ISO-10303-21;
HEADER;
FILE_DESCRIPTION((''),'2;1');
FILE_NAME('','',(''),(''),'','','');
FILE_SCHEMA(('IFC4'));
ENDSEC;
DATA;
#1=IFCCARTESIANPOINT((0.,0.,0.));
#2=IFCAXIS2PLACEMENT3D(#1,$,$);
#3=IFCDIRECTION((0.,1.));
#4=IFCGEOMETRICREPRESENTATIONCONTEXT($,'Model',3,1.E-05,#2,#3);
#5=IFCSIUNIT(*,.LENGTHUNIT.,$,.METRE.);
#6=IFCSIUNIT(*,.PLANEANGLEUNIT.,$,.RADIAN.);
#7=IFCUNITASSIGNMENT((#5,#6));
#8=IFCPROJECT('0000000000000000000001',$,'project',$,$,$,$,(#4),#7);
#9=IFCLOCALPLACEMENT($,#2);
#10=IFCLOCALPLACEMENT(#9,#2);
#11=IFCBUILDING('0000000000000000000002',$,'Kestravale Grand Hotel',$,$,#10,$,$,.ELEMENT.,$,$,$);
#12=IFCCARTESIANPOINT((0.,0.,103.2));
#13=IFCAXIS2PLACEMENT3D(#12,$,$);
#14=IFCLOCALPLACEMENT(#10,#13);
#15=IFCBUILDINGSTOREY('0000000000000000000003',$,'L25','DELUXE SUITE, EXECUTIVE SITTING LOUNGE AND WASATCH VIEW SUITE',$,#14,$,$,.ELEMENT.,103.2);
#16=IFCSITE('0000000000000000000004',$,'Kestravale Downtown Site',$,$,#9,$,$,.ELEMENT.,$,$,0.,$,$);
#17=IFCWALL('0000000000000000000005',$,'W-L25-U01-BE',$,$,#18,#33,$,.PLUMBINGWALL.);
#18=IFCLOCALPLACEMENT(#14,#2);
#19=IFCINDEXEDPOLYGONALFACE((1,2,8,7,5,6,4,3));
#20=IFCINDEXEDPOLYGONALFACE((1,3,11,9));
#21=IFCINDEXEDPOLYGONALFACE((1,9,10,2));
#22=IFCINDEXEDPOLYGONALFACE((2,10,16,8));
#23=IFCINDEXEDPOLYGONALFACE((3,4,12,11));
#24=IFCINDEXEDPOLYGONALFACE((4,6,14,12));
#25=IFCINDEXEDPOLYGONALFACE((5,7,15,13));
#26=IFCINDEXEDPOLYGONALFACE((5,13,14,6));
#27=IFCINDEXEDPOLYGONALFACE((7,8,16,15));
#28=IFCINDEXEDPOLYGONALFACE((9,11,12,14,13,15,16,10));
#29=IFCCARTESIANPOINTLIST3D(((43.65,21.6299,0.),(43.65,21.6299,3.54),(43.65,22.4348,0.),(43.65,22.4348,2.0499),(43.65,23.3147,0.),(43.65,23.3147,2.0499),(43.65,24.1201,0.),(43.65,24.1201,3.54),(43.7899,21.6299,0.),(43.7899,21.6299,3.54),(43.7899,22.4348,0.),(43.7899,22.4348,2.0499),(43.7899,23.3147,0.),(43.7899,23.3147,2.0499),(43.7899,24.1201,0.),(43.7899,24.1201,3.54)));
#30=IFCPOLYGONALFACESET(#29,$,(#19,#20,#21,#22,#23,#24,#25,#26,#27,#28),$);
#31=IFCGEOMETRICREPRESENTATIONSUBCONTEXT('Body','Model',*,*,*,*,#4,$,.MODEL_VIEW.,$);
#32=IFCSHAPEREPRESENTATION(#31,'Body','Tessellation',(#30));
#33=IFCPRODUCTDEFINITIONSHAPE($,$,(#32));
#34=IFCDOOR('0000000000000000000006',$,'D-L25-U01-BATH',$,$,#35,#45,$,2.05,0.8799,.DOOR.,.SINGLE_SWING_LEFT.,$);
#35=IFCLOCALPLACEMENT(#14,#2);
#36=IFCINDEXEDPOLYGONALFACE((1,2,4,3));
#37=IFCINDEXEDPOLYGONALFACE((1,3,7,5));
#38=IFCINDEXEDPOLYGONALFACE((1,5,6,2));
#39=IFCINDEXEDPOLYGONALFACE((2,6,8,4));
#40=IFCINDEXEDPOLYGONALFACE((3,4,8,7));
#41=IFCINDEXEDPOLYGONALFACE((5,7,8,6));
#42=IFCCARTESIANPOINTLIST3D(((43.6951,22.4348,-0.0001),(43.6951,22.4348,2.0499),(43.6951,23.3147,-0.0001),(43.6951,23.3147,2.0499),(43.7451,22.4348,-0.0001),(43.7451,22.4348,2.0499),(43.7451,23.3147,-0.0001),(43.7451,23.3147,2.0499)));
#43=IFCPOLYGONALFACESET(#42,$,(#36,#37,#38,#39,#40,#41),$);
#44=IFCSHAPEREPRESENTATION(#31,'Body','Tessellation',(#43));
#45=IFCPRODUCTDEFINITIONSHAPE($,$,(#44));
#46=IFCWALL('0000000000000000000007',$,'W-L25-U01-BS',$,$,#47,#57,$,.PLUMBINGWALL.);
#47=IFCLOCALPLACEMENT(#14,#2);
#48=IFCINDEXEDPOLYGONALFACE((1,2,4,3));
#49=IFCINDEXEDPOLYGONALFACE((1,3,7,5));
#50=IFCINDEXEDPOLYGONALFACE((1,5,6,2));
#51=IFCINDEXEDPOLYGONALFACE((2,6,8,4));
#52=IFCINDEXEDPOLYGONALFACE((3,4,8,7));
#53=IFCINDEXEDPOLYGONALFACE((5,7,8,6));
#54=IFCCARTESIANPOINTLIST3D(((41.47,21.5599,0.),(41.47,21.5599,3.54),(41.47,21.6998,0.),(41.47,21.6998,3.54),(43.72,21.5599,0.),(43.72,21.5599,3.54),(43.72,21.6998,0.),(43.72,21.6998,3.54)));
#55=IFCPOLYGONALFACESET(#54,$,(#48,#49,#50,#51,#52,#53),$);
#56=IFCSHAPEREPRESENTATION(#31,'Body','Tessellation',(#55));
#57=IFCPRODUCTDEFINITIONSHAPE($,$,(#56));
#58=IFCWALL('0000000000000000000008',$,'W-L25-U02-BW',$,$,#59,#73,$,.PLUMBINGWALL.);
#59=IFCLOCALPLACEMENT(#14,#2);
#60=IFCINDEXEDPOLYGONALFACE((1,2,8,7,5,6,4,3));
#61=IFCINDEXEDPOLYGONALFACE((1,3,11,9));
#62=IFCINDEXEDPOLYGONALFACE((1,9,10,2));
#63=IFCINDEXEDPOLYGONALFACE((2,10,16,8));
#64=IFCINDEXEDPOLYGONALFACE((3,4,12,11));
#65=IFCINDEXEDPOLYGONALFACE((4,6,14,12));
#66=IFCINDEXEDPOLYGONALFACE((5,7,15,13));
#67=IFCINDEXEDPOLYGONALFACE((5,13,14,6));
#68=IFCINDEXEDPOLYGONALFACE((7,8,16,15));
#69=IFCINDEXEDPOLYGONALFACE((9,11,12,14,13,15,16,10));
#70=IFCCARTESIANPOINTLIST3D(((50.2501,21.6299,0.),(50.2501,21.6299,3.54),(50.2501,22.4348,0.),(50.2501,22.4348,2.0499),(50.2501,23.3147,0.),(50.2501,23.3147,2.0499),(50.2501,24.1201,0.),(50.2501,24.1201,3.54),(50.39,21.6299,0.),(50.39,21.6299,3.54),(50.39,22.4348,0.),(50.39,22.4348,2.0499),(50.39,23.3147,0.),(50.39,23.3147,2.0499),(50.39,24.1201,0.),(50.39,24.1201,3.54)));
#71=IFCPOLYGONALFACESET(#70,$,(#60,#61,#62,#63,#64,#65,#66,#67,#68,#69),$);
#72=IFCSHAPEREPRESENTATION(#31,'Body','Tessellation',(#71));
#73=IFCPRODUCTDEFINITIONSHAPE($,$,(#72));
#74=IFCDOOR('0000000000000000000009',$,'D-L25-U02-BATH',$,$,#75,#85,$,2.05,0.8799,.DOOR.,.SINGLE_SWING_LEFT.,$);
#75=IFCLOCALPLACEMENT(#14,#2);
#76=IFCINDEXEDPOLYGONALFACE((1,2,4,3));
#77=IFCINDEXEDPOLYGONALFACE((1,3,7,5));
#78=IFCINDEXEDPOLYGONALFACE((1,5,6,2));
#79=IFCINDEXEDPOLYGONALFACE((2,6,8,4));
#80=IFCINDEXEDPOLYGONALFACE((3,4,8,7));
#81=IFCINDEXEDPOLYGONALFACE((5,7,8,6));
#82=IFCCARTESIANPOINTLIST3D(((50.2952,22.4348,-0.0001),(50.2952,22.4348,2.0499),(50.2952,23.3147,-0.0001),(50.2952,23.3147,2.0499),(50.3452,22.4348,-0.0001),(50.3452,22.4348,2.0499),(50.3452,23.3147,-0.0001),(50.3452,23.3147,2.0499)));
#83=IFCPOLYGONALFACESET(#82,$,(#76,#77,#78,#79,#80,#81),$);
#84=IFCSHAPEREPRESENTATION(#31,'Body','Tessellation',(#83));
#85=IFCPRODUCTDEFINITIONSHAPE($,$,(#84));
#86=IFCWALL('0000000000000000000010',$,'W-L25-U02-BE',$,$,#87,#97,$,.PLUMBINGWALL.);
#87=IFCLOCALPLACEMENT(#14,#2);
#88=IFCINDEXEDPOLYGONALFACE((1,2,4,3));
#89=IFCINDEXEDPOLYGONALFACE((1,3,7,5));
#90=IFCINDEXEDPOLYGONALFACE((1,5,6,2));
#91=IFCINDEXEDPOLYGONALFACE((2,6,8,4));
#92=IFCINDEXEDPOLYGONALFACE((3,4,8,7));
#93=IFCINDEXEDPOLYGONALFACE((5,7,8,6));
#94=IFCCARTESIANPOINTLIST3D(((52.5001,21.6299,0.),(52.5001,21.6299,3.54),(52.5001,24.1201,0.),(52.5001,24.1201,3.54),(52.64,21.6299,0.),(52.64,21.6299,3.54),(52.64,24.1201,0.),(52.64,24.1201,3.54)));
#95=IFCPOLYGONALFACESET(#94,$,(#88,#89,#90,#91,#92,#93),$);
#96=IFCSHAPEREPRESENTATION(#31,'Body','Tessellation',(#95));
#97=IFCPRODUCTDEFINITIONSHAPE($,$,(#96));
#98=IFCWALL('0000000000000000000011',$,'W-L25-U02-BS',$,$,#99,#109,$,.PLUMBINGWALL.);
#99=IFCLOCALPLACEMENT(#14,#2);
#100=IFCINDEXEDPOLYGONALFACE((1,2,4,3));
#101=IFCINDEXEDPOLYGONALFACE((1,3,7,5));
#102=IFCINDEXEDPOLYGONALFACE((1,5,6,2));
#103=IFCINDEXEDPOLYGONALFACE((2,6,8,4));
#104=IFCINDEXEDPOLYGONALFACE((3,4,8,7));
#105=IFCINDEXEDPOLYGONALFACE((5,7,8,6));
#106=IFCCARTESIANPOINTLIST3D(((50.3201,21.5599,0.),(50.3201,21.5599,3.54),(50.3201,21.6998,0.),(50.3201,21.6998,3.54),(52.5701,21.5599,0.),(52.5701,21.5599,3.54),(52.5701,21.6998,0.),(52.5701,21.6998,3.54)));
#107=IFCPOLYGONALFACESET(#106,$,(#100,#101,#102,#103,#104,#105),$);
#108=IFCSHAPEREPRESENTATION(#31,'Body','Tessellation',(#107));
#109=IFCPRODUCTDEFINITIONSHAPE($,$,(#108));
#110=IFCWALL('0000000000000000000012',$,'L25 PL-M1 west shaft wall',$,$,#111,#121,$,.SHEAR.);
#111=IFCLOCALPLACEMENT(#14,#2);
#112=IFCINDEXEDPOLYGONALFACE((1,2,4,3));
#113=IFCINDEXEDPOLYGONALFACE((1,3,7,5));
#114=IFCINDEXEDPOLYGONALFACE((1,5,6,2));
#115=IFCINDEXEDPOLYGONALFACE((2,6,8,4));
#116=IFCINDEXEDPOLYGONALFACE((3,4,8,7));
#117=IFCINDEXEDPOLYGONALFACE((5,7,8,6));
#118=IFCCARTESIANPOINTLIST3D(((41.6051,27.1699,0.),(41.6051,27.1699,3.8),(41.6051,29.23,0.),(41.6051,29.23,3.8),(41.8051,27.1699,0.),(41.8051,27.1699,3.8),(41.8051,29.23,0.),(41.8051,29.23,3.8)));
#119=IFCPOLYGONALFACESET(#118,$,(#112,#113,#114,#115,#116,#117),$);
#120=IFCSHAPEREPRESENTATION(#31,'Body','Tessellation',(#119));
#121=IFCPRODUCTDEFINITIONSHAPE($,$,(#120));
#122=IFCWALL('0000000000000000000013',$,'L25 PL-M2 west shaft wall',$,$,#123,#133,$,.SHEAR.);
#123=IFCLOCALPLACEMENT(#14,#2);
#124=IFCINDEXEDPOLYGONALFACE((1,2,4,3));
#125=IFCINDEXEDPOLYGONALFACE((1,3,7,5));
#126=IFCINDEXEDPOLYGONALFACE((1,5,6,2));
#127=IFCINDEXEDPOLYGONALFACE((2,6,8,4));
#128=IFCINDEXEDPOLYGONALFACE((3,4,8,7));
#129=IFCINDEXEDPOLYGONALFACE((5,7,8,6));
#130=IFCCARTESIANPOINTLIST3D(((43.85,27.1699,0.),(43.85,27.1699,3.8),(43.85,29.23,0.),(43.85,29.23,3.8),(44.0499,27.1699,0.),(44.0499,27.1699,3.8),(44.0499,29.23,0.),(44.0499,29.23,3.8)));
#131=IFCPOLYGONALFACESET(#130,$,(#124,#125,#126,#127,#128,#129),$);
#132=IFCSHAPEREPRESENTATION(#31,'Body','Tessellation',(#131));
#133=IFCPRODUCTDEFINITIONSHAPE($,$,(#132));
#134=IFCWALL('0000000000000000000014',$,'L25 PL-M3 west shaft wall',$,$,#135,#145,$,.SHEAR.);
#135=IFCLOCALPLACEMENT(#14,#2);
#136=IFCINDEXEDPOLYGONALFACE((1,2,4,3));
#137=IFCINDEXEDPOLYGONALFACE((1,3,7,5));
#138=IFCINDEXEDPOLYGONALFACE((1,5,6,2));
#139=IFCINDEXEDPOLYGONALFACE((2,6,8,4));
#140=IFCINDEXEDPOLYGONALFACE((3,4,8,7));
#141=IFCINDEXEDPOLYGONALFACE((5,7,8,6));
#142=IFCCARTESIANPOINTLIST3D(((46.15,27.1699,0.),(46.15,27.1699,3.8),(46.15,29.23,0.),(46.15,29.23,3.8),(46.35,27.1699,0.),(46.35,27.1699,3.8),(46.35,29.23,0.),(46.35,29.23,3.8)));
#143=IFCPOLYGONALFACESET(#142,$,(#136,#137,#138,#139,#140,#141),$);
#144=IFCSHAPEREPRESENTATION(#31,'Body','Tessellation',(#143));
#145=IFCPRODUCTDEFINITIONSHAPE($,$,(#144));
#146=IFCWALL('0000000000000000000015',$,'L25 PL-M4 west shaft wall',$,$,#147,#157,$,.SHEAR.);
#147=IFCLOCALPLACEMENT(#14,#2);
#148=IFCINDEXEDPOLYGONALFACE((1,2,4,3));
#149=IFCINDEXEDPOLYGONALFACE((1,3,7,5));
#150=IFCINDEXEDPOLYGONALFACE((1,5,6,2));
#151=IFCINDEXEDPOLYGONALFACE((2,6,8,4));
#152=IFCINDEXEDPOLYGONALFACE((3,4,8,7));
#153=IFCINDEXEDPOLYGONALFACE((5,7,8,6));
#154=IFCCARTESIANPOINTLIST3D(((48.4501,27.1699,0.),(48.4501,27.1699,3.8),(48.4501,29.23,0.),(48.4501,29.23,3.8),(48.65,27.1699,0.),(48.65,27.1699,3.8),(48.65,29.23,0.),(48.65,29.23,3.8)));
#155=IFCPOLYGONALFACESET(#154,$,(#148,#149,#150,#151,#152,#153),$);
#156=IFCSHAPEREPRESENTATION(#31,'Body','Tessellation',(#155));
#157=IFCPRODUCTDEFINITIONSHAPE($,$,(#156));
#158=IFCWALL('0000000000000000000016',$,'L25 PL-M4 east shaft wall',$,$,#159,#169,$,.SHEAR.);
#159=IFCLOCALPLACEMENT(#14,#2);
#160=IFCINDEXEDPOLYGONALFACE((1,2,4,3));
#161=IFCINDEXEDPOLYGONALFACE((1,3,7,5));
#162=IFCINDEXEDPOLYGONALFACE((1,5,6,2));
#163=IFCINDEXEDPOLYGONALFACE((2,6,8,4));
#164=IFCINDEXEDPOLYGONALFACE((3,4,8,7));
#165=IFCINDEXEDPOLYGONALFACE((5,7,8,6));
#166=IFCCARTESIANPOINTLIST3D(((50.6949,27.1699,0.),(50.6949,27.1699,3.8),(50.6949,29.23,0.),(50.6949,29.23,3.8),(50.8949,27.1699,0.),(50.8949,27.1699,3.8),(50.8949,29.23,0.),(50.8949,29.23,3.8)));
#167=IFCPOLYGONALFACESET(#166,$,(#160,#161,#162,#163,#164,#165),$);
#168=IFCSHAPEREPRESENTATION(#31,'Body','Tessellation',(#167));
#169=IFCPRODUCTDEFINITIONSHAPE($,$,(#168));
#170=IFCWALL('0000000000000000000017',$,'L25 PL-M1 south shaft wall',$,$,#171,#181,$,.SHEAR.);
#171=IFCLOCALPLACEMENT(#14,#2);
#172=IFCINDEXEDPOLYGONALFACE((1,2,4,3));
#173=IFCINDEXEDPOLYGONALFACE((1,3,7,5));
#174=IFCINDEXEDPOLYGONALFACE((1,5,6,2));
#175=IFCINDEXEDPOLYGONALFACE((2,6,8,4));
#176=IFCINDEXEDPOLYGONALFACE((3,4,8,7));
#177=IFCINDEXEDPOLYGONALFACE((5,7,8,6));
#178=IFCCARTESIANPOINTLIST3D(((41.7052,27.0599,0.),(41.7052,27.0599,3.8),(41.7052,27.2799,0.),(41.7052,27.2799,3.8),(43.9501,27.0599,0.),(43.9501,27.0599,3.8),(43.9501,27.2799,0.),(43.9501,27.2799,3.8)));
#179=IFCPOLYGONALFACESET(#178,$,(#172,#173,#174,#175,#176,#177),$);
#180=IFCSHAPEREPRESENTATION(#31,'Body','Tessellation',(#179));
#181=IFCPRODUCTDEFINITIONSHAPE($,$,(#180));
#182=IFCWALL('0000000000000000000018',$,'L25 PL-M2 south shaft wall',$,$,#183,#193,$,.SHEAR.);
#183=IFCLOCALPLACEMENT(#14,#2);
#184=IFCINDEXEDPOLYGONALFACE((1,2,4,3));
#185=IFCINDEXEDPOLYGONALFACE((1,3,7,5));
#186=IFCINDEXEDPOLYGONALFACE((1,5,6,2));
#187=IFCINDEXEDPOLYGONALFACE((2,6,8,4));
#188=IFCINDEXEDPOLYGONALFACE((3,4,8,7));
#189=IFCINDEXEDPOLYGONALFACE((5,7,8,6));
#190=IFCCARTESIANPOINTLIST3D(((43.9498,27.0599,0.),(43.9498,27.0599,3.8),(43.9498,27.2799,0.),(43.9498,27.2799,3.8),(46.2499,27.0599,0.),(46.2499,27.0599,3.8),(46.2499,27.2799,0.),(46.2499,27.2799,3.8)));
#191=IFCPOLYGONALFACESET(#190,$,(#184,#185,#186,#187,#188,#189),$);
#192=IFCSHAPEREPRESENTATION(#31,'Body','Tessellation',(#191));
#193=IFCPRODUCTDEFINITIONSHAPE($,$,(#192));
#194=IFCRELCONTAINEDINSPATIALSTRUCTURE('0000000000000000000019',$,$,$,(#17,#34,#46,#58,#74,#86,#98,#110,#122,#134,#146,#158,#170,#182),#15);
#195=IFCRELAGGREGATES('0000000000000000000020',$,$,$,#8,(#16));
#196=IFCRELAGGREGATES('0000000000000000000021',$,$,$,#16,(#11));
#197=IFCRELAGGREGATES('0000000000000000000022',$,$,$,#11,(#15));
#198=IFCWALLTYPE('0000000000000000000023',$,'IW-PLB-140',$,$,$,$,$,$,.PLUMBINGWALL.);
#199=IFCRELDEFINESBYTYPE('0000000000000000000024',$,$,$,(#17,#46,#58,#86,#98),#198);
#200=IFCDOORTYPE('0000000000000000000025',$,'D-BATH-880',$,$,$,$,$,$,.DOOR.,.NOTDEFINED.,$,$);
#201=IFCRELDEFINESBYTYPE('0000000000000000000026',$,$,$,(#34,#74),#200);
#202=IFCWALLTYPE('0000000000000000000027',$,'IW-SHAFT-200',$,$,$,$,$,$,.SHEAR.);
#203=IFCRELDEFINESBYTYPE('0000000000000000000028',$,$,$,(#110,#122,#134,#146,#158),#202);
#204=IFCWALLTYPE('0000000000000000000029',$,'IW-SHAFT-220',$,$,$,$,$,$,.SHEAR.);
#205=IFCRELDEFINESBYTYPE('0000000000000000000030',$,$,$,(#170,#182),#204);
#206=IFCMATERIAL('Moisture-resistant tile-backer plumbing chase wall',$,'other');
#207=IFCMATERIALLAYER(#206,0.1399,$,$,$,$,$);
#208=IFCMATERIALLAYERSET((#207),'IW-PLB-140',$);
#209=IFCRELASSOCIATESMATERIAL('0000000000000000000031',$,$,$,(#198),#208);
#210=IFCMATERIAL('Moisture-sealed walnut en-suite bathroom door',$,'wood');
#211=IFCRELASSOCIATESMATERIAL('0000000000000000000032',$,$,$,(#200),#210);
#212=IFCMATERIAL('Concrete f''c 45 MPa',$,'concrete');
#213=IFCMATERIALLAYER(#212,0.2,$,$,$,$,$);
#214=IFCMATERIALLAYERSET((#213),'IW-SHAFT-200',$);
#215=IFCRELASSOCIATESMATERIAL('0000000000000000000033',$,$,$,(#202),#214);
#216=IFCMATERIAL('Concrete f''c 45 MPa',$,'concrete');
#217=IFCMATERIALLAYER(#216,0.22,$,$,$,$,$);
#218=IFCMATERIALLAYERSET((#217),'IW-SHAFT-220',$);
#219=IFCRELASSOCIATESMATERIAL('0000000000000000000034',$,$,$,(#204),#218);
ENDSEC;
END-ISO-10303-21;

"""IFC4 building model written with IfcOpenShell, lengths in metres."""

from ifc_helpers import new_model, si_unit, direction, frame, frame_2d, origin, place, context, subcontext, project, spatial, rectangle, extrude, material, layer, layer_set, type_object, element, fill, save


model = new_model("IFC4")

# Units and contexts
model_context = context("Model", 3, precision=1e-05, world=origin(), true_north=direction((0.0, 1.0)))
body_context = subcontext(model_context, "Body", "Model", "MODEL_VIEW")
ifc_project = project(units=[si_unit("LENGTHUNIT", "METRE"), si_unit("PLANEANGLEUNIT", "RADIAN")], contexts=[model_context])

# Site, building, storey
site_placement = place(None, origin())
site = spatial("IfcSite", under=ifc_project, at=site_placement, Name="Kestravale Downtown Site", CompositionType="ELEMENT", RefElevation=0.0)
building_placement = place(site_placement, origin())
building = spatial("IfcBuilding", under=site, at=building_placement, Name="Kestravale Grand Hotel", CompositionType="ELEMENT")
storey_placement = place(building_placement, frame((0.0, 0.0, 103.2)))
storey = spatial("IfcBuildingStorey", under=building, at=storey_placement, Name="L25", Description="DELUXE SUITE, EXECUTIVE SITTING LOUNGE AND WASATCH VIEW SUITE", CompositionType="ELEMENT", Elevation=103.2)

# Wall, opening, door
ifc_material_1 = material(Name="Moisture-resistant tile-backer plumbing chase wall", Category="other")
ifc_layer_1 = layer(ifc_material_1, 0.1399)
ifc_layer_set_1 = layer_set([ifc_layer_1], Name="IW-PLB-140")
wall_type_1 = type_object("IfcWallType", Name="IW-PLB-140", PredefinedType="PLUMBINGWALL", material=ifc_layer_set_1)
wall_1_placement = place(storey_placement, frame((43.72, 21.6299, 0.0), z_axis=(0.0, 0.0, 1.0), x_axis=(0.0, 1.0, 0.0)))
wall_1 = element("IfcWall", 1, at=wall_1_placement, inside=storey, type_object=wall_type_1, Name="W-L25-U01-BE", PredefinedType="PLUMBINGWALL", context=body_context, shape_type="SweptSolid", body=[
    extrude(rectangle(XDim=2.4902, YDim=0.1399, at=frame_2d((1.2451, 0.0))), origin(), (0.0, 0.0, 1.0), 3.54),
])
opening_1_placement = place(wall_1_placement, frame((0.8049, 0.0, 0.0)))
opening_1 = element("IfcOpeningElement", 2, at=opening_1_placement, cuts=wall_1, PredefinedType="OPENING", context=body_context, shape_type="SweptSolid", body=[
    extrude(rectangle(XDim=0.8799, YDim=2.05, at=frame_2d((0.4399, 1.0249))), frame((0.0, 0.0798, 0.0), z_axis=(0.0, -1.0, 0.0), x_axis=(1.0, 0.0, 0.0)), (0.0, 0.0, 1.0), 0.1599),
])
ifc_material_2 = material(Name="Moisture-sealed walnut en-suite bathroom door", Category="wood")
door_type = type_object("IfcDoorType", Name="D-BATH-880", OperationType="NOTDEFINED", PredefinedType="DOOR", material=ifc_material_2)
door_1_placement = place(opening_1_placement, origin())
door_1 = element("IfcDoor", 3, at=door_1_placement, inside=storey, type_object=door_type, Name="D-L25-U01-BATH", OperationType="SINGLE_SWING_LEFT", OverallHeight=2.05, OverallWidth=0.8799, PredefinedType="DOOR", context=body_context, shape_type="SweptSolid", body=[
    extrude(rectangle(XDim=0.8799, YDim=2.05, at=frame_2d((0.4399, 1.0249))), frame((0.0, 0.0249, 0.0), z_axis=(0.0, -1.0, 0.0), x_axis=(1.0, 0.0, 0.0)), (0.0, 0.0, 1.0), 0.05),
])
fill(opening_1, door_1)

# Wall
wall_2_placement = place(storey_placement, frame((41.47, 21.6299, 0.0), z_axis=(0.0, 0.0, 1.0), x_axis=(1.0, 0.0, 0.0)))
element("IfcWall", 4, at=wall_2_placement, inside=storey, type_object=wall_type_1, Name="W-L25-U01-BS", PredefinedType="PLUMBINGWALL", context=body_context, shape_type="SweptSolid", body=[
    extrude(rectangle(XDim=2.25, YDim=0.1399, at=frame_2d((1.125, 0.0))), origin(), (0.0, 0.0, 1.0), 3.54),
])

# Wall, opening, door
wall_3_placement = place(storey_placement, frame((50.3201, 21.6299, 0.0), z_axis=(0.0, 0.0, 1.0), x_axis=(0.0, 1.0, 0.0)))
wall_3 = element("IfcWall", 5, at=wall_3_placement, inside=storey, type_object=wall_type_1, Name="W-L25-U02-BW", PredefinedType="PLUMBINGWALL", context=body_context, shape_type="SweptSolid", body=[
    extrude(rectangle(XDim=2.4902, YDim=0.1399, at=frame_2d((1.2451, 0.0))), origin(), (0.0, 0.0, 1.0), 3.54),
])
opening_2_placement = place(wall_3_placement, frame((0.8049, 0.0, 0.0)))
opening_2 = element("IfcOpeningElement", 6, at=opening_2_placement, cuts=wall_3, PredefinedType="OPENING", context=body_context, shape_type="SweptSolid", body=[
    extrude(rectangle(XDim=0.8799, YDim=2.05, at=frame_2d((0.4399, 1.0249))), frame((0.0, 0.0798, 0.0), z_axis=(0.0, -1.0, 0.0), x_axis=(1.0, 0.0, 0.0)), (0.0, 0.0, 1.0), 0.1599),
])
door_2_placement = place(opening_2_placement, origin())
door_2 = element("IfcDoor", 7, at=door_2_placement, inside=storey, type_object=door_type, Name="D-L25-U02-BATH", OperationType="SINGLE_SWING_LEFT", OverallHeight=2.05, OverallWidth=0.8799, PredefinedType="DOOR", context=body_context, shape_type="SweptSolid", body=[
    extrude(rectangle(XDim=0.8799, YDim=2.05, at=frame_2d((0.4399, 1.0249))), frame((0.0, 0.0249, 0.0), z_axis=(0.0, -1.0, 0.0), x_axis=(1.0, 0.0, 0.0)), (0.0, 0.0, 1.0), 0.05),
])
fill(opening_2, door_2)

# Walls
wall_4_placement = place(storey_placement, frame((52.5701, 21.6299, 0.0), z_axis=(0.0, 0.0, 1.0), x_axis=(0.0, 1.0, 0.0)))
element("IfcWall", 8, at=wall_4_placement, inside=storey, type_object=wall_type_1, Name="W-L25-U02-BE", PredefinedType="PLUMBINGWALL", context=body_context, shape_type="SweptSolid", body=[
    extrude(rectangle(XDim=2.4902, YDim=0.1399, at=frame_2d((1.2451, 0.0))), origin(), (0.0, 0.0, 1.0), 3.54),
])
wall_5_placement = place(storey_placement, frame((50.3201, 21.6299, 0.0), z_axis=(0.0, 0.0, 1.0), x_axis=(1.0, 0.0, 0.0)))
element("IfcWall", 9, at=wall_5_placement, inside=storey, type_object=wall_type_1, Name="W-L25-U02-BS", PredefinedType="PLUMBINGWALL", context=body_context, shape_type="SweptSolid", body=[
    extrude(rectangle(XDim=2.25, YDim=0.1399, at=frame_2d((1.125, 0.0))), origin(), (0.0, 0.0, 1.0), 3.54),
])
ifc_material_3 = material(Name="Concrete f'c 45 MPa", Category="concrete")
ifc_layer_2 = layer(ifc_material_3, 0.2)
ifc_layer_set_2 = layer_set([ifc_layer_2], Name="IW-SHAFT-200")
wall_type_2 = type_object("IfcWallType", Name="IW-SHAFT-200", PredefinedType="SHEAR", material=ifc_layer_set_2)
for number, where, z_axis, x_axis, name in (
    (10, (41.7051, 27.1699, 0.0), (0.0, 0.0, 1.0), (0.0, 1.0, 0.0), "L25 PL-M1 west shaft wall"),
    (11, (43.95, 27.1699, 0.0), (0.0, 0.0, 1.0), (0.0, 1.0, 0.0), "L25 PL-M2 west shaft wall"),
    (12, (46.25, 27.1699, 0.0), (0.0, 0.0, 1.0), (0.0, 1.0, 0.0), "L25 PL-M3 west shaft wall"),
    (13, (48.55, 27.1699, 0.0), (0.0, 0.0, 1.0), (0.0, 1.0, 0.0), "L25 PL-M4 west shaft wall"),
    (14, (50.7949, 27.1699, 0.0), (0.0, 0.0, 1.0), (0.0, 1.0, 0.0), "L25 PL-M4 east shaft wall"),
):
    element("IfcWall", number, at=place(storey_placement, frame(where, z_axis=z_axis, x_axis=x_axis)), inside=storey, type_object=wall_type_2, Name=name, PredefinedType="SHEAR", context=body_context, shape_type="SweptSolid", body=[
        extrude(rectangle(XDim=2.0601, YDim=0.2, at=frame_2d((1.03, 0.0))), origin(), (0.0, 0.0, 1.0), 3.8),
    ])
ifc_material_4 = material(Name="Concrete f'c 45 MPa", Category="concrete")
ifc_layer_3 = layer(ifc_material_4, 0.22)
ifc_layer_set_3 = layer_set([ifc_layer_3], Name="IW-SHAFT-220")
wall_type_3 = type_object("IfcWallType", Name="IW-SHAFT-220", PredefinedType="SHEAR", material=ifc_layer_set_3)
wall_6_placement = place(storey_placement, frame((41.7051, 27.1699, 0.0), z_axis=(0.0, 0.0, 1.0), x_axis=(1.0, 0.0, 0.0)))
element("IfcWall", 15, at=wall_6_placement, inside=storey, type_object=wall_type_3, Name="L25 PL-M1 south shaft wall", PredefinedType="SHEAR", context=body_context, shape_type="SweptSolid", body=[
    extrude(rectangle(XDim=2.2449, YDim=0.22, at=frame_2d((1.1226, 0.0))), origin(), (0.0, 0.0, 1.0), 3.8),
])
for number, where, z_axis, x_axis, name in (
    (16, (43.95, 27.1699, 0.0), (0.0, 0.0, 1.0), (1.0, 0.0, 0.0), "L25 PL-M2 south shaft wall"),
):
    element("IfcWall", number, at=place(storey_placement, frame(where, z_axis=z_axis, x_axis=x_axis)), inside=storey, type_object=wall_type_3, Name=name, PredefinedType="SHEAR", context=body_context, shape_type="SweptSolid", body=[
        extrude(rectangle(XDim=2.3, YDim=0.22, at=frame_2d((1.1499, 0.0))), origin(), (0.0, 0.0, 1.0), 3.8),
    ])

save(model, "model.ifc")
